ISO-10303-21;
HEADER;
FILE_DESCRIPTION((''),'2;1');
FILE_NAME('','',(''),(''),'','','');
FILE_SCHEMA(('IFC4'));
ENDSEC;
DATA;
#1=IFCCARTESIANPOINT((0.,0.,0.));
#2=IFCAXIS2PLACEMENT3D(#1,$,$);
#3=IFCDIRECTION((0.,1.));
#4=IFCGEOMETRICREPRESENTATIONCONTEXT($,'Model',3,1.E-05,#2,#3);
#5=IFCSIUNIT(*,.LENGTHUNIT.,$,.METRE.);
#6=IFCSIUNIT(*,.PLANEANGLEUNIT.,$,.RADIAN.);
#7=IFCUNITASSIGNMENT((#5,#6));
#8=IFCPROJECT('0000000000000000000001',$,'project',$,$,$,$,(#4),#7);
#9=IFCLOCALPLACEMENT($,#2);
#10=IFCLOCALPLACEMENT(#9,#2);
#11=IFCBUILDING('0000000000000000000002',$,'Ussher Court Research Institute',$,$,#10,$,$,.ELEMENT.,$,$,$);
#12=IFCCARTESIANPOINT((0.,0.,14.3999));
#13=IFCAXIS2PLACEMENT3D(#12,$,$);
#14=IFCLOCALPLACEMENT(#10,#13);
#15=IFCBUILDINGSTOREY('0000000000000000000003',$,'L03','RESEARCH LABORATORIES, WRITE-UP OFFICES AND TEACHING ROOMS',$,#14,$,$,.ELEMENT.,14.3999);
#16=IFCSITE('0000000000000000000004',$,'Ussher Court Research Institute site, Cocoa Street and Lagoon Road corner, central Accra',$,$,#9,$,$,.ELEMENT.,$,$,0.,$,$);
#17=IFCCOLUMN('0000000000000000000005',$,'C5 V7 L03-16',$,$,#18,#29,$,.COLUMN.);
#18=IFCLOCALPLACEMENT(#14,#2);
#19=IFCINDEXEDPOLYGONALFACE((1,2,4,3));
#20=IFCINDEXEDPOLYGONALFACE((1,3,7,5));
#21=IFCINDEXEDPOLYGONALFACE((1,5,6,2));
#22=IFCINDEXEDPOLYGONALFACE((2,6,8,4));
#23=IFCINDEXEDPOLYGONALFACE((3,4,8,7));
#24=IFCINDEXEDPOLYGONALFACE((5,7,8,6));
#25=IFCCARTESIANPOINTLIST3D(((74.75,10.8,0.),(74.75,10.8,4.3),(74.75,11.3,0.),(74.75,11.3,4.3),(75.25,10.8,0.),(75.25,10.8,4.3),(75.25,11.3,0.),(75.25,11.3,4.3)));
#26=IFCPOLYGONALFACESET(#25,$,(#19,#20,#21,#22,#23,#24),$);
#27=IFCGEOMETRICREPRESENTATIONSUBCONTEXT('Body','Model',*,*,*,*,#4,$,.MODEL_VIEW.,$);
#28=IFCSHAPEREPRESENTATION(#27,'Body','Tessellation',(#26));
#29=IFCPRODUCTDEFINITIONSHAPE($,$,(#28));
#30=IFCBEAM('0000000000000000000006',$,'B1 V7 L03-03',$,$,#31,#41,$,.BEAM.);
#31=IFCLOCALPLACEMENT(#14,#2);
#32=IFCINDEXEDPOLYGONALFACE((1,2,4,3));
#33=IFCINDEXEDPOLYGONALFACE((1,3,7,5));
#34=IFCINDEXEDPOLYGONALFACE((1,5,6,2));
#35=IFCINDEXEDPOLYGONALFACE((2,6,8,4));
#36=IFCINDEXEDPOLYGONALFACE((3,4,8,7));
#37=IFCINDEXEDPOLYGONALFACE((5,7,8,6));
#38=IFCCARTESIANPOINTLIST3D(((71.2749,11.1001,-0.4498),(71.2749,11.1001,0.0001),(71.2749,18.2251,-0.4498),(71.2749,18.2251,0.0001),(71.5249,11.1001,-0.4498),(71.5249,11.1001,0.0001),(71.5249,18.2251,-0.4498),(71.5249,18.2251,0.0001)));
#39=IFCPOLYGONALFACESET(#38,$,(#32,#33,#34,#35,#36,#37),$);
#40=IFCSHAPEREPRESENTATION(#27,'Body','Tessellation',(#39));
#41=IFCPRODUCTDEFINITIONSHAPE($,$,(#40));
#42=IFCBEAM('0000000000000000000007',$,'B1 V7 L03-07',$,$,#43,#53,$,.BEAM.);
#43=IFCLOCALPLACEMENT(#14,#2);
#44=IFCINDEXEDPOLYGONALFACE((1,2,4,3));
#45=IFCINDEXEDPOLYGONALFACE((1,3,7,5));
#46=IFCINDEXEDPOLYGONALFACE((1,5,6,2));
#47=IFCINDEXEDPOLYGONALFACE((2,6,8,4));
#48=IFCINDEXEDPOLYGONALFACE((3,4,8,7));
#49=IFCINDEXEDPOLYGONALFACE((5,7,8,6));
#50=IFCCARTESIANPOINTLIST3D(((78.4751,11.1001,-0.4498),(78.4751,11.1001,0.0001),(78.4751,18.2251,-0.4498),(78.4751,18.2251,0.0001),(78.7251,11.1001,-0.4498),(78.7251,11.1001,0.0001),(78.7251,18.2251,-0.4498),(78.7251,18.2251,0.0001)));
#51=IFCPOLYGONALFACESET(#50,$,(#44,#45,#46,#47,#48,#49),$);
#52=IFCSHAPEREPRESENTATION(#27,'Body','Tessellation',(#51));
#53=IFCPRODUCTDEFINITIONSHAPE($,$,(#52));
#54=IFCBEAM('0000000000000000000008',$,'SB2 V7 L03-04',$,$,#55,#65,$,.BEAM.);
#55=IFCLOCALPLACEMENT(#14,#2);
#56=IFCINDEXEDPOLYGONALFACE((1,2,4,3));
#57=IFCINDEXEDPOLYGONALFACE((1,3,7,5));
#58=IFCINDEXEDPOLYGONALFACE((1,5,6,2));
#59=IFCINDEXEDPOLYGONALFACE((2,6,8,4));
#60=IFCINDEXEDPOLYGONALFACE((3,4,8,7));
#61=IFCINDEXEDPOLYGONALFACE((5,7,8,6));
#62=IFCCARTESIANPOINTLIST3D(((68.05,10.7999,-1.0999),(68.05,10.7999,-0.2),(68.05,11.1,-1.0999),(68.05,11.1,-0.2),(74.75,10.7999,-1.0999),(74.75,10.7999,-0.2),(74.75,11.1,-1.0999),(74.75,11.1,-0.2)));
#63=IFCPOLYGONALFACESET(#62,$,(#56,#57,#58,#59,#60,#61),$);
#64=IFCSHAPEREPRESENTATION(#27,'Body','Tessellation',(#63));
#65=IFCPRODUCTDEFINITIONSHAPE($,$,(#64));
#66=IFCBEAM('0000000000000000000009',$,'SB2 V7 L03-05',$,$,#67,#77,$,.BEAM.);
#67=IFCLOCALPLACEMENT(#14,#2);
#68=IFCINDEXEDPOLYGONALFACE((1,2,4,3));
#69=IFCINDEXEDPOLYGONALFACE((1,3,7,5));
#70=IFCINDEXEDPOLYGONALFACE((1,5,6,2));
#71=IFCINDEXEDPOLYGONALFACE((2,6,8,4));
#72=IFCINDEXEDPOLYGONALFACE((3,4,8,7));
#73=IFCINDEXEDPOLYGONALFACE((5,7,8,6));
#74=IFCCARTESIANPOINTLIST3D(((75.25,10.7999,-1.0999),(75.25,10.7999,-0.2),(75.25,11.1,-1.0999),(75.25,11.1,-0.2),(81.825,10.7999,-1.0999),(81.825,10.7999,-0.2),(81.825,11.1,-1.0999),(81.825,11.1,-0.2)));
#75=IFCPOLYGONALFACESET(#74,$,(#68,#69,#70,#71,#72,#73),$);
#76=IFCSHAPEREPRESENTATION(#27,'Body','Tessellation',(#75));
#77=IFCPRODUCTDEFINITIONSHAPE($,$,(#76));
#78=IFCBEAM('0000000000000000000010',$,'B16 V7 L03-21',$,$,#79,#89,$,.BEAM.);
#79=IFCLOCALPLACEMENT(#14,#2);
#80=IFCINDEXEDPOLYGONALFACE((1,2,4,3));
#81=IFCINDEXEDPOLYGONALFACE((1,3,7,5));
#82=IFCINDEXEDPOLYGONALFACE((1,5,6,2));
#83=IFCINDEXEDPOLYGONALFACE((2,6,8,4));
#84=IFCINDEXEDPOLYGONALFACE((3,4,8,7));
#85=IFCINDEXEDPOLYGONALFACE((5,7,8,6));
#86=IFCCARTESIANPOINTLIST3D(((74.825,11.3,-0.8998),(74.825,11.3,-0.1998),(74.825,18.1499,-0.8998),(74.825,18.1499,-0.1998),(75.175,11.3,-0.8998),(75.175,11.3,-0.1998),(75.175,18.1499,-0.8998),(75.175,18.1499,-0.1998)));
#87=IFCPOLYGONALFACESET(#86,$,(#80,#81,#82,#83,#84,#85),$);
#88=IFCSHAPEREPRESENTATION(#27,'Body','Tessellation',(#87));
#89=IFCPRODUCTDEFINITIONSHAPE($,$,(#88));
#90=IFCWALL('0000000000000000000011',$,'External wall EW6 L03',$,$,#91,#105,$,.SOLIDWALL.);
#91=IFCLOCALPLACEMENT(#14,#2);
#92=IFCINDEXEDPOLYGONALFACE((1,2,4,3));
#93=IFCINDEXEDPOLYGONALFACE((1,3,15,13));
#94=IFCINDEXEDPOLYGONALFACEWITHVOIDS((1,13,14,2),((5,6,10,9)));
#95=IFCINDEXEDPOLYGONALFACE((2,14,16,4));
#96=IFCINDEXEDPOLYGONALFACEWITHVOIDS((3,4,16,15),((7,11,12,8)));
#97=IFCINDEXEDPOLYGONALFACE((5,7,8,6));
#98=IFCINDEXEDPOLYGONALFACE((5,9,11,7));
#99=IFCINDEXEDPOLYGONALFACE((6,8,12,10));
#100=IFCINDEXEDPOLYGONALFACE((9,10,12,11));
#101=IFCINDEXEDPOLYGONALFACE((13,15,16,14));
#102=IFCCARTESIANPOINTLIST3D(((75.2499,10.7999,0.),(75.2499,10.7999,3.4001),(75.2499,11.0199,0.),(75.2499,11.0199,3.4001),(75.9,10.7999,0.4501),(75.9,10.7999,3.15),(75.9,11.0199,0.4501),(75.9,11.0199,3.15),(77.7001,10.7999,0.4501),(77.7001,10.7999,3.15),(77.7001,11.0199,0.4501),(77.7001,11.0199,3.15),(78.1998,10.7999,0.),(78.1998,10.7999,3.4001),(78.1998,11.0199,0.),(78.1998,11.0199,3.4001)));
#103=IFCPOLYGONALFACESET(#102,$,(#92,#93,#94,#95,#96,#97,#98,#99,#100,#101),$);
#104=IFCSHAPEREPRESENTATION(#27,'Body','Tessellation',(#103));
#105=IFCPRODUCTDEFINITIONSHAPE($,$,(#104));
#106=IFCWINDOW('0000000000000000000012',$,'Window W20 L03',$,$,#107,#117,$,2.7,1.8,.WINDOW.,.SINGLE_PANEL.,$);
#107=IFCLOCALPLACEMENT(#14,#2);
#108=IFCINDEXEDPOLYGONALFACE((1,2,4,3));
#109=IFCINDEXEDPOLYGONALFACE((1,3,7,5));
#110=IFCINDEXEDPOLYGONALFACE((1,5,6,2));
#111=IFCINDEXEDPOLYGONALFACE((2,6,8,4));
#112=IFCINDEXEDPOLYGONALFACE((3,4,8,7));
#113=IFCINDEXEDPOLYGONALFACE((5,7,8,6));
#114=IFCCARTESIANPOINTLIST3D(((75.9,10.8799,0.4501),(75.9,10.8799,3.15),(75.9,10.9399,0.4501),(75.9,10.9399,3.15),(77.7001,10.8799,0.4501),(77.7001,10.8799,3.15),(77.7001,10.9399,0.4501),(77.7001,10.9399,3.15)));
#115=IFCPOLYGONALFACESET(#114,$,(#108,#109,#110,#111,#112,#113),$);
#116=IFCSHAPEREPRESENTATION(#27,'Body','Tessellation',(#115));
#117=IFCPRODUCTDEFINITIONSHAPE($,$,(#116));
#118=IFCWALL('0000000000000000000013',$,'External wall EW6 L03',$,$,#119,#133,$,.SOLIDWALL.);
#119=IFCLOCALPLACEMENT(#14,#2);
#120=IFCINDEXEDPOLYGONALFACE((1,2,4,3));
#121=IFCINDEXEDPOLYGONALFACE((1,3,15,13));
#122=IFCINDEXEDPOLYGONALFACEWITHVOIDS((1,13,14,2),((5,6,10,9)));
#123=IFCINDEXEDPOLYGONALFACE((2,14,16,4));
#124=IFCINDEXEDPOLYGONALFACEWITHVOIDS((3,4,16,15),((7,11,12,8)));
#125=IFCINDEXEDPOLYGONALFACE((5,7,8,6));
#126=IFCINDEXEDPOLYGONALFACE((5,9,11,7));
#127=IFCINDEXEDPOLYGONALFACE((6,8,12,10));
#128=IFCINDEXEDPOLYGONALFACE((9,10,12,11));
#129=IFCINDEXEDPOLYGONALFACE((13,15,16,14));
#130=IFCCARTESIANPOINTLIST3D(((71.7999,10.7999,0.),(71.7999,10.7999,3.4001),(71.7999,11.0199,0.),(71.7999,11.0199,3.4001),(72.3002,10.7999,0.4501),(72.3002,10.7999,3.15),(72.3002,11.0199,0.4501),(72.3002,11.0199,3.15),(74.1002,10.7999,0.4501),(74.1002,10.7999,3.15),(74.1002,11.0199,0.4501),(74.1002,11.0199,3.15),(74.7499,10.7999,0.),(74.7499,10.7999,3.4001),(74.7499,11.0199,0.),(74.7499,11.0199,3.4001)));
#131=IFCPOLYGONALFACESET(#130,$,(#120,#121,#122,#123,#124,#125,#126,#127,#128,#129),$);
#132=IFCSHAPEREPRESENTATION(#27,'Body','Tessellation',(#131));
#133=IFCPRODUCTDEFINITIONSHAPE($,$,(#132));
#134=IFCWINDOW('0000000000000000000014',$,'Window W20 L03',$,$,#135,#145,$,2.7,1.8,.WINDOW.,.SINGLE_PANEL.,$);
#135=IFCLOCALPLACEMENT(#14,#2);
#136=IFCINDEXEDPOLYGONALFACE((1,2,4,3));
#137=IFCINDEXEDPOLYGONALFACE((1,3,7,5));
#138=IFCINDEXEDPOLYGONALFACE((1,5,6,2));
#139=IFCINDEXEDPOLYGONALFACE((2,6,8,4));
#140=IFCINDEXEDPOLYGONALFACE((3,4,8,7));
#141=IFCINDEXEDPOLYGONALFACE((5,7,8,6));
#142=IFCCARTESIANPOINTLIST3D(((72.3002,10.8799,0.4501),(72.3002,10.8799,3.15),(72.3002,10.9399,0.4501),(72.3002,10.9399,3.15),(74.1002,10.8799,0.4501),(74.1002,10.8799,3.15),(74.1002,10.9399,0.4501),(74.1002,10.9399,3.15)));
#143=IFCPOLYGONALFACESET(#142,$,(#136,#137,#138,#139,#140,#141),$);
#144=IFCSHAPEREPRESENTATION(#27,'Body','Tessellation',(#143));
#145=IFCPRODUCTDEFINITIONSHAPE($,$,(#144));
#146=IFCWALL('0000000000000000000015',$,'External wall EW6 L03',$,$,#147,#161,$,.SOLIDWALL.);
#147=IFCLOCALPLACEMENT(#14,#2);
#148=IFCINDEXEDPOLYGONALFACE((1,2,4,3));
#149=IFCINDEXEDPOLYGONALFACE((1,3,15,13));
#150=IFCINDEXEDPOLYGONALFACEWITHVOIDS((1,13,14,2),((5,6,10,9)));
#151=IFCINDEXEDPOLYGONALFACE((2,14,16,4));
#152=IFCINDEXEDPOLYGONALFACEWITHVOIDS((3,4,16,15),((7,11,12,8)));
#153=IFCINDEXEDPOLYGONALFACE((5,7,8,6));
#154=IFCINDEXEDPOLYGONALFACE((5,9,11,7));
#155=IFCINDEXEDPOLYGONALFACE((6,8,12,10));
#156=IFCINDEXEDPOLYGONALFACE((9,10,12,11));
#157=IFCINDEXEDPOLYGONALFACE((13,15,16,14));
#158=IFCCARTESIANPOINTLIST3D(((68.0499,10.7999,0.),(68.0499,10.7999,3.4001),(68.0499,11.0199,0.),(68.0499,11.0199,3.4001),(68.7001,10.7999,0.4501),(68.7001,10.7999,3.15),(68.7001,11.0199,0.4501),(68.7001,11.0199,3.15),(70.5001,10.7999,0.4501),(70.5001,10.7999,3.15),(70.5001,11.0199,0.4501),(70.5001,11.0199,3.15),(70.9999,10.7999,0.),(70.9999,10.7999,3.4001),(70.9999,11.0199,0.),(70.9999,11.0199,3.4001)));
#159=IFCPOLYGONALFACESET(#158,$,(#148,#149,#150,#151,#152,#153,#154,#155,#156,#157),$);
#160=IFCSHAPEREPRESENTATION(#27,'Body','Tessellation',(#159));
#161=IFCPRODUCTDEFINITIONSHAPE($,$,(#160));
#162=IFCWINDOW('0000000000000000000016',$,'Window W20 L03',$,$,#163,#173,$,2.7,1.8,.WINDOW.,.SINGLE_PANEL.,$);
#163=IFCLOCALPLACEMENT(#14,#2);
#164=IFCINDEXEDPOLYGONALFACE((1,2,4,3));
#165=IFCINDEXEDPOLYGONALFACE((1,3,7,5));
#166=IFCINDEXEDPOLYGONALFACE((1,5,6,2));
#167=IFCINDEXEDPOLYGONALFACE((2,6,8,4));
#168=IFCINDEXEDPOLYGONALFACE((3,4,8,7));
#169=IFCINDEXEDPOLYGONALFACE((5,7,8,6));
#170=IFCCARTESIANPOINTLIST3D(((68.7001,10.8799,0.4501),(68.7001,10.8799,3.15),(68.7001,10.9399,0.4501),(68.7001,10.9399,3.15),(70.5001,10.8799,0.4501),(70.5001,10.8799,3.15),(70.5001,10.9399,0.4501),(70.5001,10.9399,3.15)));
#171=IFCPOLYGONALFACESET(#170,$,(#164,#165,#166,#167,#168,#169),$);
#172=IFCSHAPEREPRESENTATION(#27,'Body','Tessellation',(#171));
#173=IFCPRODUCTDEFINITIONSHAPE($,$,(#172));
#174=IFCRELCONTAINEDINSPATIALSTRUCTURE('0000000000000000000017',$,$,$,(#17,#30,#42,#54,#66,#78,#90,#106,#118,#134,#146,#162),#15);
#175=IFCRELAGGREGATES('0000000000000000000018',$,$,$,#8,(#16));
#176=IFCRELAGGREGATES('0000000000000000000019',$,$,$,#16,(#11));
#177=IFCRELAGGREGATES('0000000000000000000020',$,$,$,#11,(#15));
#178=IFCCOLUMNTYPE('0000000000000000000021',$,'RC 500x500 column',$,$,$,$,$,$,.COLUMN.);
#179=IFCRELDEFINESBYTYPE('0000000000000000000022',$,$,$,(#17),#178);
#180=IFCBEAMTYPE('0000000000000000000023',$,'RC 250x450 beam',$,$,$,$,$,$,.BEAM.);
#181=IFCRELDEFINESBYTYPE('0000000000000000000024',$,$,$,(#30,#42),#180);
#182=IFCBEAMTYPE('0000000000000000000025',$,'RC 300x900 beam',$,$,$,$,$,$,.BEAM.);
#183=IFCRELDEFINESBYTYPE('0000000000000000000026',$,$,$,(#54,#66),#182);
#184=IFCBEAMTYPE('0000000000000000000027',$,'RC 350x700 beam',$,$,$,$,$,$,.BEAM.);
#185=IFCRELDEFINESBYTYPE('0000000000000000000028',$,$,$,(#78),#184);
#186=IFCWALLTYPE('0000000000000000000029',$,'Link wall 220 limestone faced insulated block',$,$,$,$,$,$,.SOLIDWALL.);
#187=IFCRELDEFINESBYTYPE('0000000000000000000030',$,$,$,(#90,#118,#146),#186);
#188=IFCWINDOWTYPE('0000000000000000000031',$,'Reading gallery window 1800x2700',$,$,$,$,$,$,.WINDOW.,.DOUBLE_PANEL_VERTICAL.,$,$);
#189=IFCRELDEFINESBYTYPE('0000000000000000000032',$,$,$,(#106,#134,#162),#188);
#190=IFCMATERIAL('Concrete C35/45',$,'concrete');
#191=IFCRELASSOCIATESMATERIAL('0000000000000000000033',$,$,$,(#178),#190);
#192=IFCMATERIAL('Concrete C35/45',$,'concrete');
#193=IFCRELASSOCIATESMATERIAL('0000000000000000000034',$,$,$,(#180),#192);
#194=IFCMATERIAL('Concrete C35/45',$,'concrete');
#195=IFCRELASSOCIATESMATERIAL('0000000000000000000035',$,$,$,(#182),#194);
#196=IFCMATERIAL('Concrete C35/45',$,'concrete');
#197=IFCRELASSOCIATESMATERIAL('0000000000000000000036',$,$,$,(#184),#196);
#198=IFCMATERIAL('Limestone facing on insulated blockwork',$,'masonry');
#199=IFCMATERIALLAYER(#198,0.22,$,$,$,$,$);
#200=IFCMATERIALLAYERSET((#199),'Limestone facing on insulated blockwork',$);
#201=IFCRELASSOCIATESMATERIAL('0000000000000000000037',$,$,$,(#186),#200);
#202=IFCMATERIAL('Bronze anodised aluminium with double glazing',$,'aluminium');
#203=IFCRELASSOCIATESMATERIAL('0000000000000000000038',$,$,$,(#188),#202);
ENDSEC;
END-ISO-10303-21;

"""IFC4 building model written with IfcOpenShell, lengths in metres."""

from ifc_helpers import new_model, si_unit, direction, frame, frame_2d, origin, origin_2d, place, context, subcontext, project, spatial, rectangle, extrude, material, layer, layer_set, material_profile, profile_set, type_object, element, fill, save


model = new_model("IFC4")

# Units and contexts
model_context = context("Model", 3, precision=1e-05, world=origin(), true_north=direction((0.0, 1.0)))
body_context = subcontext(model_context, "Body", "Model", "MODEL_VIEW")
ifc_project = project(units=[si_unit("LENGTHUNIT", "METRE"), si_unit("PLANEANGLEUNIT", "RADIAN")], contexts=[model_context])

# Site, building, storey
site_placement = place(None, origin())
site = spatial("IfcSite", under=ifc_project, at=site_placement, Name="Ussher Court Research Institute site, Cocoa Street and Lagoon Road corner, central Accra", CompositionType="ELEMENT", RefElevation=0.0)
building_placement = place(site_placement, origin())
building = spatial("IfcBuilding", under=site, at=building_placement, Name="Ussher Court Research Institute", CompositionType="ELEMENT")
storey_placement = place(building_placement, frame((0.0, 0.0, 14.3999)))
storey = spatial("IfcBuildingStorey", under=building, at=storey_placement, Name="L03", Description="RESEARCH LABORATORIES, WRITE-UP OFFICES AND TEACHING ROOMS", CompositionType="ELEMENT", Elevation=14.3999)

# Column
ifc_material_1 = material(Name="Concrete C35/45", Category="concrete")
ifc_material_profile_1 = material_profile(ifc_material_1, rectangle(XDim=0.5, YDim=0.5, at=origin_2d()), Name="RC 500x500")
ifc_profile_set_1 = profile_set([ifc_material_profile_1], Name="Concrete C35/45")
column_type = type_object("IfcColumnType", Name="RC 500x500 column", PredefinedType="COLUMN", material=ifc_profile_set_1)
column_placement = place(storey_placement, frame((75.0, 11.05, 0.0), z_axis=(0.0, 0.0, 1.0), x_axis=(1.0, 0.0, 0.0)))
element("IfcColumn", 1, at=column_placement, inside=storey, type_object=column_type, Name="C5 V7 L03-16", PredefinedType="COLUMN", context=body_context, shape_type="SweptSolid", body=[
    extrude(rectangle(XDim=0.5, YDim=0.5, at=origin_2d()), origin(), (0.0, 0.0, 1.0), 4.3),
])

# Beams
ifc_material_2 = material(Name="Concrete C35/45", Category="concrete")
ifc_material_profile_2 = material_profile(ifc_material_2, rectangle(XDim=0.25, YDim=0.45, at=origin_2d()), Name="RC 250x450")
ifc_profile_set_2 = profile_set([ifc_material_profile_2], Name="Concrete C35/45")
beam_type_1 = type_object("IfcBeamType", Name="RC 250x450 beam", PredefinedType="BEAM", material=ifc_profile_set_2)
for number, where, z_axis, x_axis, name in (
    (2, (71.3999, 11.1001, -0.2249), (0.0, 1.0, 0.0), (-1.0, 0.0, 0.0), "B1 V7 L03-03"),
    (3, (78.6001, 11.1001, -0.2249), (0.0, 1.0, 0.0), (-1.0, 0.0, 0.0), "B1 V7 L03-07"),
):
    element("IfcBeam", number, at=place(storey_placement, frame(where, z_axis=z_axis, x_axis=x_axis)), inside=storey, type_object=beam_type_1, Name=name, PredefinedType="BEAM", context=body_context, shape_type="SweptSolid", body=[
        extrude(rectangle(XDim=0.25, YDim=0.45, at=origin_2d()), origin(), (0.0, 0.0, 1.0), 7.125),
    ])
ifc_material_3 = material(Name="Concrete C35/45", Category="concrete")
ifc_material_profile_3 = material_profile(ifc_material_3, rectangle(XDim=0.3, YDim=0.8999, at=origin_2d()), Name="RC 300x900")
ifc_profile_set_3 = profile_set([ifc_material_profile_3], Name="Concrete C35/45")
beam_type_2 = type_object("IfcBeamType", Name="RC 300x900 beam", PredefinedType="BEAM", material=ifc_profile_set_3)
beam_1_placement = place(storey_placement, frame((68.05, 10.95, -0.6499), z_axis=(1.0, 0.0, 0.0), x_axis=(0.0, 1.0, 0.0)))
element("IfcBeam", 4, at=beam_1_placement, inside=storey, type_object=beam_type_2, Name="SB2 V7 L03-04", PredefinedType="BEAM", context=body_context, shape_type="SweptSolid", body=[
    extrude(rectangle(XDim=0.3, YDim=0.8999, at=origin_2d()), origin(), (0.0, 0.0, 1.0), 6.7),
])
beam_2_placement = place(storey_placement, frame((75.25, 10.95, -0.6499), z_axis=(1.0, 0.0, 0.0), x_axis=(0.0, 1.0, 0.0)))
element("IfcBeam", 5, at=beam_2_placement, inside=storey, type_object=beam_type_2, Name="SB2 V7 L03-05", PredefinedType="BEAM", context=body_context, shape_type="SweptSolid", body=[
    extrude(rectangle(XDim=0.3, YDim=0.8999, at=origin_2d()), origin(), (0.0, 0.0, 1.0), 6.575),
])
ifc_material_4 = material(Name="Concrete C35/45", Category="concrete")
ifc_material_profile_4 = material_profile(ifc_material_4, rectangle(XDim=0.3501, YDim=0.7, at=origin_2d()), Name="RC 350x700")
ifc_profile_set_4 = profile_set([ifc_material_profile_4], Name="Concrete C35/45")
beam_type_3 = type_object("IfcBeamType", Name="RC 350x700 beam", PredefinedType="BEAM", material=ifc_profile_set_4)
beam_3_placement = place(storey_placement, frame((75.0, 11.3, -0.5498), z_axis=(0.0, 1.0, 0.0), x_axis=(-1.0, 0.0, 0.0)))
element("IfcBeam", 6, at=beam_3_placement, inside=storey, type_object=beam_type_3, Name="B16 V7 L03-21", PredefinedType="BEAM", context=body_context, shape_type="SweptSolid", body=[
    extrude(rectangle(XDim=0.3501, YDim=0.7, at=origin_2d()), origin(), (0.0, 0.0, 1.0), 6.8499),
])

# Walls, openings, windows
ifc_material_5 = material(Name="Limestone facing on insulated blockwork", Category="masonry")
ifc_layer_1 = layer(ifc_material_5, 0.22)
ifc_layer_set_1 = layer_set([ifc_layer_1], Name="Limestone facing on insulated blockwork")
wall_type_1 = type_object("IfcWallType", Name="Link wall 220 limestone faced insulated block", PredefinedType="SOLIDWALL", material=ifc_layer_set_1)
wall_1_placement = place(storey_placement, frame((78.2, 10.9099, 0.0), z_axis=(0.0, 0.0, 1.0), x_axis=(-1.0, 0.0, 0.0)))
wall_1 = element("IfcWall", 7, at=wall_1_placement, inside=storey, type_object=wall_type_1, Name="External wall EW6 L03", PredefinedType="SOLIDWALL", context=body_context, shape_type="SweptSolid", body=[
    extrude(rectangle(XDim=2.95, YDim=0.22, at=frame_2d((1.4751, 0.0))), origin(), (0.0, 0.0, 1.0), 3.4001),
])
opening_1_placement = place(wall_1_placement, frame((0.5, 0.0, 0.45)))
opening_1 = element("IfcOpeningElement", 8, at=opening_1_placement, cuts=wall_1, PredefinedType="OPENING", context=body_context, shape_type="SweptSolid", body=[
    extrude(rectangle(XDim=1.8, YDim=2.7, at=frame_2d((0.8999, 1.3501))), frame((0.0, 0.1201, 0.0), z_axis=(0.0, -1.0, 0.0), x_axis=(1.0, 0.0, 0.0)), (0.0, 0.0, 1.0), 0.24),
])
ifc_material_6 = material(Name="Bronze anodised aluminium with double glazing", Category="aluminium")
window_type = type_object("IfcWindowType", Name="Reading gallery window 1800x2700", PartitioningType="DOUBLE_PANEL_VERTICAL", PredefinedType="WINDOW", material=ifc_material_6)
window_1_placement = place(opening_1_placement, origin())
window_1 = element("IfcWindow", 9, at=window_1_placement, inside=storey, type_object=window_type, Name="Window W20 L03", OverallHeight=2.7, OverallWidth=1.8, PartitioningType="SINGLE_PANEL", PredefinedType="WINDOW", context=body_context, shape_type="SweptSolid", body=[
    extrude(rectangle(XDim=1.8, YDim=2.7, at=frame_2d((0.8999, 1.3501))), frame((0.0, 0.03, 0.0), z_axis=(0.0, -1.0, 0.0), x_axis=(1.0, 0.0, 0.0)), (0.0, 0.0, 1.0), 0.0601),
])
fill(opening_1, window_1)
wall_2_placement = place(storey_placement, frame((74.75, 10.9099, 0.0), z_axis=(0.0, 0.0, 1.0), x_axis=(-1.0, 0.0, 0.0)))
wall_2 = element("IfcWall", 10, at=wall_2_placement, inside=storey, type_object=wall_type_1, Name="External wall EW6 L03", PredefinedType="SOLIDWALL", context=body_context, shape_type="SweptSolid", body=[
    extrude(rectangle(XDim=2.95, YDim=0.22, at=frame_2d((1.4751, 0.0))), origin(), (0.0, 0.0, 1.0), 3.4001),
])
opening_2_placement = place(wall_2_placement, frame((0.6499, 0.0, 0.45)))
opening_2 = element("IfcOpeningElement", 11, at=opening_2_placement, cuts=wall_2, PredefinedType="OPENING", context=body_context, shape_type="SweptSolid", body=[
    extrude(rectangle(XDim=1.8, YDim=2.7, at=frame_2d((0.8999, 1.3501))), frame((0.0, 0.1201, 0.0), z_axis=(0.0, -1.0, 0.0), x_axis=(1.0, 0.0, 0.0)), (0.0, 0.0, 1.0), 0.24),
])
window_2_placement = place(opening_2_placement, origin())
window_2 = element("IfcWindow", 12, at=window_2_placement, inside=storey, type_object=window_type, Name="Window W20 L03", OverallHeight=2.7, OverallWidth=1.8, PartitioningType="SINGLE_PANEL", PredefinedType="WINDOW", context=body_context, shape_type="SweptSolid", body=[
    extrude(rectangle(XDim=1.8, YDim=2.7, at=frame_2d((0.8999, 1.3501))), frame((0.0, 0.03, 0.0), z_axis=(0.0, -1.0, 0.0), x_axis=(1.0, 0.0, 0.0)), (0.0, 0.0, 1.0), 0.0601),
])
fill(opening_2, window_2)
wall_3_placement = place(storey_placement, frame((71.0, 10.9099, 0.0), z_axis=(0.0, 0.0, 1.0), x_axis=(-1.0, 0.0, 0.0)))
wall_3 = element("IfcWall", 13, at=wall_3_placement, inside=storey, type_object=wall_type_1, Name="External wall EW6 L03", PredefinedType="SOLIDWALL", context=body_context, shape_type="SweptSolid", body=[
    extrude(rectangle(XDim=2.95, YDim=0.22, at=frame_2d((1.4751, 0.0))), origin(), (0.0, 0.0, 1.0), 3.4001),
])
opening_3_placement = place(wall_3_placement, frame((0.5, 0.0, 0.45)))
opening_3 = element("IfcOpeningElement", 14, at=opening_3_placement, cuts=wall_3, PredefinedType="OPENING", context=body_context, shape_type="SweptSolid", body=[
    extrude(rectangle(XDim=1.8, YDim=2.7, at=frame_2d((0.8999, 1.3501))), frame((0.0, 0.1201, 0.0), z_axis=(0.0, -1.0, 0.0), x_axis=(1.0, 0.0, 0.0)), (0.0, 0.0, 1.0), 0.24),
])
window_3_placement = place(opening_3_placement, origin())
window_3 = element("IfcWindow", 15, at=window_3_placement, inside=storey, type_object=window_type, Name="Window W20 L03", OverallHeight=2.7, OverallWidth=1.8, PartitioningType="SINGLE_PANEL", PredefinedType="WINDOW", context=body_context, shape_type="SweptSolid", body=[
    extrude(rectangle(XDim=1.8, YDim=2.7, at=frame_2d((0.8999, 1.3501))), frame((0.0, 0.03, 0.0), z_axis=(0.0, -1.0, 0.0), x_axis=(1.0, 0.0, 0.0)), (0.0, 0.0, 1.0), 0.0601),
])
fill(opening_3, window_3)

save(model, "model.ifc")
